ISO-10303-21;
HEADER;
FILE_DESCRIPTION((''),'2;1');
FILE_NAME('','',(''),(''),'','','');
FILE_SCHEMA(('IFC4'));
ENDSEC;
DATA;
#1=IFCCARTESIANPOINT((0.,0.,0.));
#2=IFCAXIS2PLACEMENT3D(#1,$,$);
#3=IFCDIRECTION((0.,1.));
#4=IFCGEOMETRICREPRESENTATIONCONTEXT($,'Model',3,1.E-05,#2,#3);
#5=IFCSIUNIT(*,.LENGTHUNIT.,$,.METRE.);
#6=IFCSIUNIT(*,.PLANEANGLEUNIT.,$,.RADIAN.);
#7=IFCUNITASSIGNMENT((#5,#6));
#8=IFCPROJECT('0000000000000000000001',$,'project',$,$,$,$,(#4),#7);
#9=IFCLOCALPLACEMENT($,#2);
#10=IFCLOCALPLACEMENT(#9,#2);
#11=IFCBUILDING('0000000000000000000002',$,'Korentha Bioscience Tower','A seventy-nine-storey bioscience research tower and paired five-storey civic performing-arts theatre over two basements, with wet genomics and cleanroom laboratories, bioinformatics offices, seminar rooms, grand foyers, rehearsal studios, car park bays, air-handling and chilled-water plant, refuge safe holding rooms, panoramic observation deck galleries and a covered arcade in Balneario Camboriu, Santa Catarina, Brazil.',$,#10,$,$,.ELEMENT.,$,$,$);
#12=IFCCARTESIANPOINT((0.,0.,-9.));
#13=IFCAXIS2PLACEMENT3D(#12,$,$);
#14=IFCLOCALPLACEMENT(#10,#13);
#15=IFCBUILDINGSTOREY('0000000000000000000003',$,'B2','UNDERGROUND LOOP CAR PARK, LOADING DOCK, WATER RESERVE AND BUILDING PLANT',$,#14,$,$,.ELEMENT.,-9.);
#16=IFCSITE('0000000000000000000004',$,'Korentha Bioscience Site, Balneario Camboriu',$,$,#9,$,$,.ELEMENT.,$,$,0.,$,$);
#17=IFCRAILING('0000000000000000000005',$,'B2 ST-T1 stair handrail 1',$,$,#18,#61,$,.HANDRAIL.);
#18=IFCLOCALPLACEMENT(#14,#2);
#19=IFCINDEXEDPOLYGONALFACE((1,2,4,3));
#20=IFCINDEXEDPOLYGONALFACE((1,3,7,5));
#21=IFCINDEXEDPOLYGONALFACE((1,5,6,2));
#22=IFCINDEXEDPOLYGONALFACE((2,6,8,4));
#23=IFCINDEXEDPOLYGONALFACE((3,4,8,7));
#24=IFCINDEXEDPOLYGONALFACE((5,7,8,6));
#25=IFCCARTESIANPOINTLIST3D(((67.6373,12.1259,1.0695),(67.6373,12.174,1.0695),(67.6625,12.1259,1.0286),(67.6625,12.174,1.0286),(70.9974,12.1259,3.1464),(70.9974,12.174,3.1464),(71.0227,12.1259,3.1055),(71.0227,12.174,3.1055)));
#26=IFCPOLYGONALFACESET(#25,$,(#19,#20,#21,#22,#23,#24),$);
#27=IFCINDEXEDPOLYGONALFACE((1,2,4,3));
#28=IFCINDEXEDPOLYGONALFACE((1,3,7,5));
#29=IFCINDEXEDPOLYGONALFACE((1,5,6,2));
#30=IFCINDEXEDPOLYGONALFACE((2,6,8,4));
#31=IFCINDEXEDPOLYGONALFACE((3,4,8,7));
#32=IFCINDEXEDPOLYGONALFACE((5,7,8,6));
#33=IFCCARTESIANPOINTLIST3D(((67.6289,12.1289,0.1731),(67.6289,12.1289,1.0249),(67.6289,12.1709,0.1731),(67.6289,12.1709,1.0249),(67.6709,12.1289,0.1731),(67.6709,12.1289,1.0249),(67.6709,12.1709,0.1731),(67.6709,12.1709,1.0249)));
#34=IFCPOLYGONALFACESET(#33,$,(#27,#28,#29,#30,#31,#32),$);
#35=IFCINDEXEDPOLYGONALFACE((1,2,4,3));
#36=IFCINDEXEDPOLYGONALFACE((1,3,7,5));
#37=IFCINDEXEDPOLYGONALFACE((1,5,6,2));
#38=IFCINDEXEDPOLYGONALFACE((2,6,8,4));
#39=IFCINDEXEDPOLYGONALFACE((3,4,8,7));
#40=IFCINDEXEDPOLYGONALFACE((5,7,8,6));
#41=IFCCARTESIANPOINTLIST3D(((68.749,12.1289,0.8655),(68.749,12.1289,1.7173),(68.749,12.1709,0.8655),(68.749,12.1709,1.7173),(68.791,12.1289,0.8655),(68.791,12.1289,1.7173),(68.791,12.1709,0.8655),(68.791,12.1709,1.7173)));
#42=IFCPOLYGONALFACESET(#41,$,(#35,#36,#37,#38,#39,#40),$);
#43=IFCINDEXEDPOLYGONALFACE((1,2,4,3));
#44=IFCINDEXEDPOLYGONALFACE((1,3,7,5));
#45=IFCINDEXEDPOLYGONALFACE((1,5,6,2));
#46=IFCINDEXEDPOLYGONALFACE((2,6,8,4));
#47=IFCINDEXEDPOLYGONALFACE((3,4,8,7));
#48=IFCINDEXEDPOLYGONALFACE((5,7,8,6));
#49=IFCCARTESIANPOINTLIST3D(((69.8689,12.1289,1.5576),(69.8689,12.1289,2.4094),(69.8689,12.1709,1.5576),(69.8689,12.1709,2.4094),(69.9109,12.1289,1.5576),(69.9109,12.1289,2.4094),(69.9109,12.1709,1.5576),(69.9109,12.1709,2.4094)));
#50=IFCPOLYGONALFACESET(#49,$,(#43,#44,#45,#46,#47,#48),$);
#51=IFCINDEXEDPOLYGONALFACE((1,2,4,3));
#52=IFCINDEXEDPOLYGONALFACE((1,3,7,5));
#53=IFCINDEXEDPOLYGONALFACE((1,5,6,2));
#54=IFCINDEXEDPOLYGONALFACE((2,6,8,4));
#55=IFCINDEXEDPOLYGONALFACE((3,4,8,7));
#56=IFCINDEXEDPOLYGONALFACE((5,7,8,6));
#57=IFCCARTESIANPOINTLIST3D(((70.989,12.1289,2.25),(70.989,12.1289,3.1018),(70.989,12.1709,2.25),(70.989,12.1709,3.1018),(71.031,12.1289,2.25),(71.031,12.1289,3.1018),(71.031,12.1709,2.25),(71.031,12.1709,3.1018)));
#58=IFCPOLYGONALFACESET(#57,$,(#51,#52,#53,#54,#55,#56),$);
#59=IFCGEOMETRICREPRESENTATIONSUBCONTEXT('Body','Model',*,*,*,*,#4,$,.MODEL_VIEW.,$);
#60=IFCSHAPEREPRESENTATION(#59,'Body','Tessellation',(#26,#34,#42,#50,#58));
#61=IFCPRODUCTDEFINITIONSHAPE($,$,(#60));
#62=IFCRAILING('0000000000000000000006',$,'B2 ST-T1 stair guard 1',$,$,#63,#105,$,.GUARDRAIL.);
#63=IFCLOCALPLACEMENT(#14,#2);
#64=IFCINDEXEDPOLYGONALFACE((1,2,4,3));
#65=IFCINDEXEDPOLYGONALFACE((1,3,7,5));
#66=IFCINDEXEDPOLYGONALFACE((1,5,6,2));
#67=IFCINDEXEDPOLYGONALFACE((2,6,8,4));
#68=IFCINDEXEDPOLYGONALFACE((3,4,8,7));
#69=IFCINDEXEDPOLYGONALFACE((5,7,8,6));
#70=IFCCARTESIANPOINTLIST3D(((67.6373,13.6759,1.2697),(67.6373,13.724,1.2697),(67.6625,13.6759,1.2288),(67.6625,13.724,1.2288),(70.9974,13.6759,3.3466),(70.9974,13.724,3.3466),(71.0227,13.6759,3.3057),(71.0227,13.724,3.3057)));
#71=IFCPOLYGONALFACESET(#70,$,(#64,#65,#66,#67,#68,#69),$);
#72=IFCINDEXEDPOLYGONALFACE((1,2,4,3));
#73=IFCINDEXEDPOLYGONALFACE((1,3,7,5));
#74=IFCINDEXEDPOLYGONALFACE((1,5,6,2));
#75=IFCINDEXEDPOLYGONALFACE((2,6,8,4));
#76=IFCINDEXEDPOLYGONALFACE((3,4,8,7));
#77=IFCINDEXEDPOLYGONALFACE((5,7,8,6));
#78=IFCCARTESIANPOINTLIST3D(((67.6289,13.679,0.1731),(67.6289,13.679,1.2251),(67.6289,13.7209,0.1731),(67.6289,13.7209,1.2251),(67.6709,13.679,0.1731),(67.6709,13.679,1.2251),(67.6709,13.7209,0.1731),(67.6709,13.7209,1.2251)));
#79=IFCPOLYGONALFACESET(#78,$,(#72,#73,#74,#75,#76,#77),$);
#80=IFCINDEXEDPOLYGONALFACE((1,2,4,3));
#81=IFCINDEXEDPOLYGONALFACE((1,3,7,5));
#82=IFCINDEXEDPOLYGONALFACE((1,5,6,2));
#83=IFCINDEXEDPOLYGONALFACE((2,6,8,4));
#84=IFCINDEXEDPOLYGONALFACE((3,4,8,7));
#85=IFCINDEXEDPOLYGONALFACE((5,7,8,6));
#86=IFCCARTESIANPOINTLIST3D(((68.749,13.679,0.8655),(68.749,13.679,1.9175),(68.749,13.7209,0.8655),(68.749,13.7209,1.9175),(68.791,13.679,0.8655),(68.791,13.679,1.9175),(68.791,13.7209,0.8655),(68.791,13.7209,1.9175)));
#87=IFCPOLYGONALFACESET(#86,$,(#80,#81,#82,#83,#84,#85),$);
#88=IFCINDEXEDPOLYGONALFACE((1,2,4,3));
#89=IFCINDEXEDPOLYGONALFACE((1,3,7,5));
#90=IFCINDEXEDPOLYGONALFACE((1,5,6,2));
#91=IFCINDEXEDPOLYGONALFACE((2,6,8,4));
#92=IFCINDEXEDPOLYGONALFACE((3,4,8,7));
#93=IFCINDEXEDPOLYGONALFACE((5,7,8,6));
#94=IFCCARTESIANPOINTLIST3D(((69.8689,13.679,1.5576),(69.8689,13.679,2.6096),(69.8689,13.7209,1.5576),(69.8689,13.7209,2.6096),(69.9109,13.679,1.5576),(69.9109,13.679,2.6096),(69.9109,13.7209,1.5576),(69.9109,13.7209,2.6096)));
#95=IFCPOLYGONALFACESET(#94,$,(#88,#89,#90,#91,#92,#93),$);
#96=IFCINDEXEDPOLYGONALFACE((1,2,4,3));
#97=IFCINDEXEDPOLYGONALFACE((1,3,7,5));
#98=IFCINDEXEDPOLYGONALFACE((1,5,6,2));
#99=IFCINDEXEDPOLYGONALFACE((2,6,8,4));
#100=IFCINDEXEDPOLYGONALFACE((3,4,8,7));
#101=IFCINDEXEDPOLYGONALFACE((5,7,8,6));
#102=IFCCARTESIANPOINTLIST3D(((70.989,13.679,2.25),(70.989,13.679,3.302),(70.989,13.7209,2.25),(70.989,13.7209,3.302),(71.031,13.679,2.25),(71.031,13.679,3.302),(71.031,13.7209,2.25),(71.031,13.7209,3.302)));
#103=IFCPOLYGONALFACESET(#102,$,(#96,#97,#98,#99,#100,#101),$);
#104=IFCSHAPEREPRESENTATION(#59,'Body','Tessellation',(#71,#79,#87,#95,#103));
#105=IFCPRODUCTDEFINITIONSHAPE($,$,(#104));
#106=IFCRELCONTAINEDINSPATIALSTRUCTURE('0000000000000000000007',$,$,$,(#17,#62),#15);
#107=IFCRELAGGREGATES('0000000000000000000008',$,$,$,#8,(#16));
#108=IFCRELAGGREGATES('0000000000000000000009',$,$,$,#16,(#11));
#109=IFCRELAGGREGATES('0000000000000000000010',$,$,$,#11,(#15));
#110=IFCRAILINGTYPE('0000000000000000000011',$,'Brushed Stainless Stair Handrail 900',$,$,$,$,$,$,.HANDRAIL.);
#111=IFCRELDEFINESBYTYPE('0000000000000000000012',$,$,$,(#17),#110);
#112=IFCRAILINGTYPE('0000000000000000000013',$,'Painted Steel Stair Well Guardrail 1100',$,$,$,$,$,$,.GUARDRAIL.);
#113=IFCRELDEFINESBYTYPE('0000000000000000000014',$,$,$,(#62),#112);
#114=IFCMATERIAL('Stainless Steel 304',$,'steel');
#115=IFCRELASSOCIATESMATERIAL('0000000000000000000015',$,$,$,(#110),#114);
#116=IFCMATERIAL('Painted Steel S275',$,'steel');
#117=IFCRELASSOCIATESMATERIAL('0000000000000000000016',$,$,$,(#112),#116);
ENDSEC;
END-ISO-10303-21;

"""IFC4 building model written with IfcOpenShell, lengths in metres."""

from ifc_helpers import new_model, si_unit, direction, frame, origin, origin_2d, place, context, subcontext, project, spatial, rectangle, extrude, material, type_object, element, save


model = new_model("IFC4")

# Units and contexts
model_context = context("Model", 3, precision=1e-05, world=origin(), true_north=direction((0.0, 1.0)))
body_context = subcontext(model_context, "Body", "Model", "MODEL_VIEW")
ifc_project = project(units=[si_unit("LENGTHUNIT", "METRE"), si_unit("PLANEANGLEUNIT", "RADIAN")], contexts=[model_context])

# Site, building, storey
site_placement = place(None, origin())
site = spatial("IfcSite", under=ifc_project, at=site_placement, Name="Korentha Bioscience Site, Balneario Camboriu", CompositionType="ELEMENT", RefElevation=0.0)
building_placement = place(site_placement, origin())
building = spatial("IfcBuilding", under=site, at=building_placement, Name="Korentha Bioscience Tower", Description="A seventy-nine-storey bioscience research tower and paired five-storey civic performing-arts theatre over two basements, with wet genomics and cleanroom laboratories, bioinformatics offices, seminar rooms, grand foyers, rehearsal studios, car park bays, air-handling and chilled-water plant, refuge safe holding rooms, panoramic observation deck galleries and a covered arcade in Balneario Camboriu, Santa Catarina, Brazil.", CompositionType="ELEMENT")
storey_placement = place(building_placement, frame((0.0, 0.0, -9.0)))
storey = spatial("IfcBuildingStorey", under=building, at=storey_placement, Name="B2", Description="UNDERGROUND LOOP CAR PARK, LOADING DOCK, WATER RESERVE AND BUILDING PLANT", CompositionType="ELEMENT", Elevation=-9.0)

# Railings
ifc_material_1 = material(Name="Stainless Steel 304", Category="steel")
railing_type_1 = type_object("IfcRailingType", Name="Brushed Stainless Stair Handrail 900", PredefinedType="HANDRAIL", material=ifc_material_1)
railing_1_placement = place(storey_placement, frame((67.6499, 12.1499, 0.1731)))
element("IfcRailing", 1, at=railing_1_placement, inside=storey, type_object=railing_type_1, Name="B2 ST-T1 stair handrail 1", PredefinedType="HANDRAIL", context=body_context, shape_type="SweptSolid", body=[
    extrude(rectangle(XDim=0.0481, YDim=0.0481, at=origin_2d()), frame((0.0, 0.0, 0.876), z_axis=(0.850623, 0.0, 0.525776), x_axis=(0.0, 1.0, 0.0)), (0.0, 0.0, 1.0), 3.9502),
    extrude(rectangle(XDim=0.042, YDim=0.042, at=origin_2d()), origin(), (0.0, 0.0, 1.0), 0.8518),
    extrude(rectangle(XDim=0.042, YDim=0.042, at=origin_2d()), frame((1.1201, 0.0, 0.6924)), (0.0, 0.0, 1.0), 0.8518),
    extrude(rectangle(XDim=0.042, YDim=0.042, at=origin_2d()), frame((2.24, 0.0, 1.3845)), (0.0, 0.0, 1.0), 0.8518),
    extrude(rectangle(XDim=0.042, YDim=0.042, at=origin_2d()), frame((3.3601, 0.0, 2.0769)), (0.0, 0.0, 1.0), 0.8518),
])
ifc_material_2 = material(Name="Painted Steel S275", Category="steel")
railing_type_2 = type_object("IfcRailingType", Name="Painted Steel Stair Well Guardrail 1100", PredefinedType="GUARDRAIL", material=ifc_material_2)
railing_2_placement = place(storey_placement, frame((67.6499, 13.7, 0.1731)))
element("IfcRailing", 2, at=railing_2_placement, inside=storey, type_object=railing_type_2, Name="B2 ST-T1 stair guard 1", PredefinedType="GUARDRAIL", context=body_context, shape_type="SweptSolid", body=[
    extrude(rectangle(XDim=0.0481, YDim=0.0481, at=origin_2d()), frame((0.0, 0.0, 1.0762), z_axis=(0.850623, 0.0, 0.525776), x_axis=(0.0, 1.0, 0.0)), (0.0, 0.0, 1.0), 3.9502),
    extrude(rectangle(XDim=0.042, YDim=0.042, at=origin_2d()), origin(), (0.0, 0.0, 1.0), 1.052),
    extrude(rectangle(XDim=0.042, YDim=0.042, at=origin_2d()), frame((1.1201, 0.0, 0.6924)), (0.0, 0.0, 1.0), 1.052),
    extrude(rectangle(XDim=0.042, YDim=0.042, at=origin_2d()), frame((2.24, 0.0, 1.3845)), (0.0, 0.0, 1.0), 1.052),
    extrude(rectangle(XDim=0.042, YDim=0.042, at=origin_2d()), frame((3.3601, 0.0, 2.0769)), (0.0, 0.0, 1.0), 1.052),
])

save(model, "model.ifc")
